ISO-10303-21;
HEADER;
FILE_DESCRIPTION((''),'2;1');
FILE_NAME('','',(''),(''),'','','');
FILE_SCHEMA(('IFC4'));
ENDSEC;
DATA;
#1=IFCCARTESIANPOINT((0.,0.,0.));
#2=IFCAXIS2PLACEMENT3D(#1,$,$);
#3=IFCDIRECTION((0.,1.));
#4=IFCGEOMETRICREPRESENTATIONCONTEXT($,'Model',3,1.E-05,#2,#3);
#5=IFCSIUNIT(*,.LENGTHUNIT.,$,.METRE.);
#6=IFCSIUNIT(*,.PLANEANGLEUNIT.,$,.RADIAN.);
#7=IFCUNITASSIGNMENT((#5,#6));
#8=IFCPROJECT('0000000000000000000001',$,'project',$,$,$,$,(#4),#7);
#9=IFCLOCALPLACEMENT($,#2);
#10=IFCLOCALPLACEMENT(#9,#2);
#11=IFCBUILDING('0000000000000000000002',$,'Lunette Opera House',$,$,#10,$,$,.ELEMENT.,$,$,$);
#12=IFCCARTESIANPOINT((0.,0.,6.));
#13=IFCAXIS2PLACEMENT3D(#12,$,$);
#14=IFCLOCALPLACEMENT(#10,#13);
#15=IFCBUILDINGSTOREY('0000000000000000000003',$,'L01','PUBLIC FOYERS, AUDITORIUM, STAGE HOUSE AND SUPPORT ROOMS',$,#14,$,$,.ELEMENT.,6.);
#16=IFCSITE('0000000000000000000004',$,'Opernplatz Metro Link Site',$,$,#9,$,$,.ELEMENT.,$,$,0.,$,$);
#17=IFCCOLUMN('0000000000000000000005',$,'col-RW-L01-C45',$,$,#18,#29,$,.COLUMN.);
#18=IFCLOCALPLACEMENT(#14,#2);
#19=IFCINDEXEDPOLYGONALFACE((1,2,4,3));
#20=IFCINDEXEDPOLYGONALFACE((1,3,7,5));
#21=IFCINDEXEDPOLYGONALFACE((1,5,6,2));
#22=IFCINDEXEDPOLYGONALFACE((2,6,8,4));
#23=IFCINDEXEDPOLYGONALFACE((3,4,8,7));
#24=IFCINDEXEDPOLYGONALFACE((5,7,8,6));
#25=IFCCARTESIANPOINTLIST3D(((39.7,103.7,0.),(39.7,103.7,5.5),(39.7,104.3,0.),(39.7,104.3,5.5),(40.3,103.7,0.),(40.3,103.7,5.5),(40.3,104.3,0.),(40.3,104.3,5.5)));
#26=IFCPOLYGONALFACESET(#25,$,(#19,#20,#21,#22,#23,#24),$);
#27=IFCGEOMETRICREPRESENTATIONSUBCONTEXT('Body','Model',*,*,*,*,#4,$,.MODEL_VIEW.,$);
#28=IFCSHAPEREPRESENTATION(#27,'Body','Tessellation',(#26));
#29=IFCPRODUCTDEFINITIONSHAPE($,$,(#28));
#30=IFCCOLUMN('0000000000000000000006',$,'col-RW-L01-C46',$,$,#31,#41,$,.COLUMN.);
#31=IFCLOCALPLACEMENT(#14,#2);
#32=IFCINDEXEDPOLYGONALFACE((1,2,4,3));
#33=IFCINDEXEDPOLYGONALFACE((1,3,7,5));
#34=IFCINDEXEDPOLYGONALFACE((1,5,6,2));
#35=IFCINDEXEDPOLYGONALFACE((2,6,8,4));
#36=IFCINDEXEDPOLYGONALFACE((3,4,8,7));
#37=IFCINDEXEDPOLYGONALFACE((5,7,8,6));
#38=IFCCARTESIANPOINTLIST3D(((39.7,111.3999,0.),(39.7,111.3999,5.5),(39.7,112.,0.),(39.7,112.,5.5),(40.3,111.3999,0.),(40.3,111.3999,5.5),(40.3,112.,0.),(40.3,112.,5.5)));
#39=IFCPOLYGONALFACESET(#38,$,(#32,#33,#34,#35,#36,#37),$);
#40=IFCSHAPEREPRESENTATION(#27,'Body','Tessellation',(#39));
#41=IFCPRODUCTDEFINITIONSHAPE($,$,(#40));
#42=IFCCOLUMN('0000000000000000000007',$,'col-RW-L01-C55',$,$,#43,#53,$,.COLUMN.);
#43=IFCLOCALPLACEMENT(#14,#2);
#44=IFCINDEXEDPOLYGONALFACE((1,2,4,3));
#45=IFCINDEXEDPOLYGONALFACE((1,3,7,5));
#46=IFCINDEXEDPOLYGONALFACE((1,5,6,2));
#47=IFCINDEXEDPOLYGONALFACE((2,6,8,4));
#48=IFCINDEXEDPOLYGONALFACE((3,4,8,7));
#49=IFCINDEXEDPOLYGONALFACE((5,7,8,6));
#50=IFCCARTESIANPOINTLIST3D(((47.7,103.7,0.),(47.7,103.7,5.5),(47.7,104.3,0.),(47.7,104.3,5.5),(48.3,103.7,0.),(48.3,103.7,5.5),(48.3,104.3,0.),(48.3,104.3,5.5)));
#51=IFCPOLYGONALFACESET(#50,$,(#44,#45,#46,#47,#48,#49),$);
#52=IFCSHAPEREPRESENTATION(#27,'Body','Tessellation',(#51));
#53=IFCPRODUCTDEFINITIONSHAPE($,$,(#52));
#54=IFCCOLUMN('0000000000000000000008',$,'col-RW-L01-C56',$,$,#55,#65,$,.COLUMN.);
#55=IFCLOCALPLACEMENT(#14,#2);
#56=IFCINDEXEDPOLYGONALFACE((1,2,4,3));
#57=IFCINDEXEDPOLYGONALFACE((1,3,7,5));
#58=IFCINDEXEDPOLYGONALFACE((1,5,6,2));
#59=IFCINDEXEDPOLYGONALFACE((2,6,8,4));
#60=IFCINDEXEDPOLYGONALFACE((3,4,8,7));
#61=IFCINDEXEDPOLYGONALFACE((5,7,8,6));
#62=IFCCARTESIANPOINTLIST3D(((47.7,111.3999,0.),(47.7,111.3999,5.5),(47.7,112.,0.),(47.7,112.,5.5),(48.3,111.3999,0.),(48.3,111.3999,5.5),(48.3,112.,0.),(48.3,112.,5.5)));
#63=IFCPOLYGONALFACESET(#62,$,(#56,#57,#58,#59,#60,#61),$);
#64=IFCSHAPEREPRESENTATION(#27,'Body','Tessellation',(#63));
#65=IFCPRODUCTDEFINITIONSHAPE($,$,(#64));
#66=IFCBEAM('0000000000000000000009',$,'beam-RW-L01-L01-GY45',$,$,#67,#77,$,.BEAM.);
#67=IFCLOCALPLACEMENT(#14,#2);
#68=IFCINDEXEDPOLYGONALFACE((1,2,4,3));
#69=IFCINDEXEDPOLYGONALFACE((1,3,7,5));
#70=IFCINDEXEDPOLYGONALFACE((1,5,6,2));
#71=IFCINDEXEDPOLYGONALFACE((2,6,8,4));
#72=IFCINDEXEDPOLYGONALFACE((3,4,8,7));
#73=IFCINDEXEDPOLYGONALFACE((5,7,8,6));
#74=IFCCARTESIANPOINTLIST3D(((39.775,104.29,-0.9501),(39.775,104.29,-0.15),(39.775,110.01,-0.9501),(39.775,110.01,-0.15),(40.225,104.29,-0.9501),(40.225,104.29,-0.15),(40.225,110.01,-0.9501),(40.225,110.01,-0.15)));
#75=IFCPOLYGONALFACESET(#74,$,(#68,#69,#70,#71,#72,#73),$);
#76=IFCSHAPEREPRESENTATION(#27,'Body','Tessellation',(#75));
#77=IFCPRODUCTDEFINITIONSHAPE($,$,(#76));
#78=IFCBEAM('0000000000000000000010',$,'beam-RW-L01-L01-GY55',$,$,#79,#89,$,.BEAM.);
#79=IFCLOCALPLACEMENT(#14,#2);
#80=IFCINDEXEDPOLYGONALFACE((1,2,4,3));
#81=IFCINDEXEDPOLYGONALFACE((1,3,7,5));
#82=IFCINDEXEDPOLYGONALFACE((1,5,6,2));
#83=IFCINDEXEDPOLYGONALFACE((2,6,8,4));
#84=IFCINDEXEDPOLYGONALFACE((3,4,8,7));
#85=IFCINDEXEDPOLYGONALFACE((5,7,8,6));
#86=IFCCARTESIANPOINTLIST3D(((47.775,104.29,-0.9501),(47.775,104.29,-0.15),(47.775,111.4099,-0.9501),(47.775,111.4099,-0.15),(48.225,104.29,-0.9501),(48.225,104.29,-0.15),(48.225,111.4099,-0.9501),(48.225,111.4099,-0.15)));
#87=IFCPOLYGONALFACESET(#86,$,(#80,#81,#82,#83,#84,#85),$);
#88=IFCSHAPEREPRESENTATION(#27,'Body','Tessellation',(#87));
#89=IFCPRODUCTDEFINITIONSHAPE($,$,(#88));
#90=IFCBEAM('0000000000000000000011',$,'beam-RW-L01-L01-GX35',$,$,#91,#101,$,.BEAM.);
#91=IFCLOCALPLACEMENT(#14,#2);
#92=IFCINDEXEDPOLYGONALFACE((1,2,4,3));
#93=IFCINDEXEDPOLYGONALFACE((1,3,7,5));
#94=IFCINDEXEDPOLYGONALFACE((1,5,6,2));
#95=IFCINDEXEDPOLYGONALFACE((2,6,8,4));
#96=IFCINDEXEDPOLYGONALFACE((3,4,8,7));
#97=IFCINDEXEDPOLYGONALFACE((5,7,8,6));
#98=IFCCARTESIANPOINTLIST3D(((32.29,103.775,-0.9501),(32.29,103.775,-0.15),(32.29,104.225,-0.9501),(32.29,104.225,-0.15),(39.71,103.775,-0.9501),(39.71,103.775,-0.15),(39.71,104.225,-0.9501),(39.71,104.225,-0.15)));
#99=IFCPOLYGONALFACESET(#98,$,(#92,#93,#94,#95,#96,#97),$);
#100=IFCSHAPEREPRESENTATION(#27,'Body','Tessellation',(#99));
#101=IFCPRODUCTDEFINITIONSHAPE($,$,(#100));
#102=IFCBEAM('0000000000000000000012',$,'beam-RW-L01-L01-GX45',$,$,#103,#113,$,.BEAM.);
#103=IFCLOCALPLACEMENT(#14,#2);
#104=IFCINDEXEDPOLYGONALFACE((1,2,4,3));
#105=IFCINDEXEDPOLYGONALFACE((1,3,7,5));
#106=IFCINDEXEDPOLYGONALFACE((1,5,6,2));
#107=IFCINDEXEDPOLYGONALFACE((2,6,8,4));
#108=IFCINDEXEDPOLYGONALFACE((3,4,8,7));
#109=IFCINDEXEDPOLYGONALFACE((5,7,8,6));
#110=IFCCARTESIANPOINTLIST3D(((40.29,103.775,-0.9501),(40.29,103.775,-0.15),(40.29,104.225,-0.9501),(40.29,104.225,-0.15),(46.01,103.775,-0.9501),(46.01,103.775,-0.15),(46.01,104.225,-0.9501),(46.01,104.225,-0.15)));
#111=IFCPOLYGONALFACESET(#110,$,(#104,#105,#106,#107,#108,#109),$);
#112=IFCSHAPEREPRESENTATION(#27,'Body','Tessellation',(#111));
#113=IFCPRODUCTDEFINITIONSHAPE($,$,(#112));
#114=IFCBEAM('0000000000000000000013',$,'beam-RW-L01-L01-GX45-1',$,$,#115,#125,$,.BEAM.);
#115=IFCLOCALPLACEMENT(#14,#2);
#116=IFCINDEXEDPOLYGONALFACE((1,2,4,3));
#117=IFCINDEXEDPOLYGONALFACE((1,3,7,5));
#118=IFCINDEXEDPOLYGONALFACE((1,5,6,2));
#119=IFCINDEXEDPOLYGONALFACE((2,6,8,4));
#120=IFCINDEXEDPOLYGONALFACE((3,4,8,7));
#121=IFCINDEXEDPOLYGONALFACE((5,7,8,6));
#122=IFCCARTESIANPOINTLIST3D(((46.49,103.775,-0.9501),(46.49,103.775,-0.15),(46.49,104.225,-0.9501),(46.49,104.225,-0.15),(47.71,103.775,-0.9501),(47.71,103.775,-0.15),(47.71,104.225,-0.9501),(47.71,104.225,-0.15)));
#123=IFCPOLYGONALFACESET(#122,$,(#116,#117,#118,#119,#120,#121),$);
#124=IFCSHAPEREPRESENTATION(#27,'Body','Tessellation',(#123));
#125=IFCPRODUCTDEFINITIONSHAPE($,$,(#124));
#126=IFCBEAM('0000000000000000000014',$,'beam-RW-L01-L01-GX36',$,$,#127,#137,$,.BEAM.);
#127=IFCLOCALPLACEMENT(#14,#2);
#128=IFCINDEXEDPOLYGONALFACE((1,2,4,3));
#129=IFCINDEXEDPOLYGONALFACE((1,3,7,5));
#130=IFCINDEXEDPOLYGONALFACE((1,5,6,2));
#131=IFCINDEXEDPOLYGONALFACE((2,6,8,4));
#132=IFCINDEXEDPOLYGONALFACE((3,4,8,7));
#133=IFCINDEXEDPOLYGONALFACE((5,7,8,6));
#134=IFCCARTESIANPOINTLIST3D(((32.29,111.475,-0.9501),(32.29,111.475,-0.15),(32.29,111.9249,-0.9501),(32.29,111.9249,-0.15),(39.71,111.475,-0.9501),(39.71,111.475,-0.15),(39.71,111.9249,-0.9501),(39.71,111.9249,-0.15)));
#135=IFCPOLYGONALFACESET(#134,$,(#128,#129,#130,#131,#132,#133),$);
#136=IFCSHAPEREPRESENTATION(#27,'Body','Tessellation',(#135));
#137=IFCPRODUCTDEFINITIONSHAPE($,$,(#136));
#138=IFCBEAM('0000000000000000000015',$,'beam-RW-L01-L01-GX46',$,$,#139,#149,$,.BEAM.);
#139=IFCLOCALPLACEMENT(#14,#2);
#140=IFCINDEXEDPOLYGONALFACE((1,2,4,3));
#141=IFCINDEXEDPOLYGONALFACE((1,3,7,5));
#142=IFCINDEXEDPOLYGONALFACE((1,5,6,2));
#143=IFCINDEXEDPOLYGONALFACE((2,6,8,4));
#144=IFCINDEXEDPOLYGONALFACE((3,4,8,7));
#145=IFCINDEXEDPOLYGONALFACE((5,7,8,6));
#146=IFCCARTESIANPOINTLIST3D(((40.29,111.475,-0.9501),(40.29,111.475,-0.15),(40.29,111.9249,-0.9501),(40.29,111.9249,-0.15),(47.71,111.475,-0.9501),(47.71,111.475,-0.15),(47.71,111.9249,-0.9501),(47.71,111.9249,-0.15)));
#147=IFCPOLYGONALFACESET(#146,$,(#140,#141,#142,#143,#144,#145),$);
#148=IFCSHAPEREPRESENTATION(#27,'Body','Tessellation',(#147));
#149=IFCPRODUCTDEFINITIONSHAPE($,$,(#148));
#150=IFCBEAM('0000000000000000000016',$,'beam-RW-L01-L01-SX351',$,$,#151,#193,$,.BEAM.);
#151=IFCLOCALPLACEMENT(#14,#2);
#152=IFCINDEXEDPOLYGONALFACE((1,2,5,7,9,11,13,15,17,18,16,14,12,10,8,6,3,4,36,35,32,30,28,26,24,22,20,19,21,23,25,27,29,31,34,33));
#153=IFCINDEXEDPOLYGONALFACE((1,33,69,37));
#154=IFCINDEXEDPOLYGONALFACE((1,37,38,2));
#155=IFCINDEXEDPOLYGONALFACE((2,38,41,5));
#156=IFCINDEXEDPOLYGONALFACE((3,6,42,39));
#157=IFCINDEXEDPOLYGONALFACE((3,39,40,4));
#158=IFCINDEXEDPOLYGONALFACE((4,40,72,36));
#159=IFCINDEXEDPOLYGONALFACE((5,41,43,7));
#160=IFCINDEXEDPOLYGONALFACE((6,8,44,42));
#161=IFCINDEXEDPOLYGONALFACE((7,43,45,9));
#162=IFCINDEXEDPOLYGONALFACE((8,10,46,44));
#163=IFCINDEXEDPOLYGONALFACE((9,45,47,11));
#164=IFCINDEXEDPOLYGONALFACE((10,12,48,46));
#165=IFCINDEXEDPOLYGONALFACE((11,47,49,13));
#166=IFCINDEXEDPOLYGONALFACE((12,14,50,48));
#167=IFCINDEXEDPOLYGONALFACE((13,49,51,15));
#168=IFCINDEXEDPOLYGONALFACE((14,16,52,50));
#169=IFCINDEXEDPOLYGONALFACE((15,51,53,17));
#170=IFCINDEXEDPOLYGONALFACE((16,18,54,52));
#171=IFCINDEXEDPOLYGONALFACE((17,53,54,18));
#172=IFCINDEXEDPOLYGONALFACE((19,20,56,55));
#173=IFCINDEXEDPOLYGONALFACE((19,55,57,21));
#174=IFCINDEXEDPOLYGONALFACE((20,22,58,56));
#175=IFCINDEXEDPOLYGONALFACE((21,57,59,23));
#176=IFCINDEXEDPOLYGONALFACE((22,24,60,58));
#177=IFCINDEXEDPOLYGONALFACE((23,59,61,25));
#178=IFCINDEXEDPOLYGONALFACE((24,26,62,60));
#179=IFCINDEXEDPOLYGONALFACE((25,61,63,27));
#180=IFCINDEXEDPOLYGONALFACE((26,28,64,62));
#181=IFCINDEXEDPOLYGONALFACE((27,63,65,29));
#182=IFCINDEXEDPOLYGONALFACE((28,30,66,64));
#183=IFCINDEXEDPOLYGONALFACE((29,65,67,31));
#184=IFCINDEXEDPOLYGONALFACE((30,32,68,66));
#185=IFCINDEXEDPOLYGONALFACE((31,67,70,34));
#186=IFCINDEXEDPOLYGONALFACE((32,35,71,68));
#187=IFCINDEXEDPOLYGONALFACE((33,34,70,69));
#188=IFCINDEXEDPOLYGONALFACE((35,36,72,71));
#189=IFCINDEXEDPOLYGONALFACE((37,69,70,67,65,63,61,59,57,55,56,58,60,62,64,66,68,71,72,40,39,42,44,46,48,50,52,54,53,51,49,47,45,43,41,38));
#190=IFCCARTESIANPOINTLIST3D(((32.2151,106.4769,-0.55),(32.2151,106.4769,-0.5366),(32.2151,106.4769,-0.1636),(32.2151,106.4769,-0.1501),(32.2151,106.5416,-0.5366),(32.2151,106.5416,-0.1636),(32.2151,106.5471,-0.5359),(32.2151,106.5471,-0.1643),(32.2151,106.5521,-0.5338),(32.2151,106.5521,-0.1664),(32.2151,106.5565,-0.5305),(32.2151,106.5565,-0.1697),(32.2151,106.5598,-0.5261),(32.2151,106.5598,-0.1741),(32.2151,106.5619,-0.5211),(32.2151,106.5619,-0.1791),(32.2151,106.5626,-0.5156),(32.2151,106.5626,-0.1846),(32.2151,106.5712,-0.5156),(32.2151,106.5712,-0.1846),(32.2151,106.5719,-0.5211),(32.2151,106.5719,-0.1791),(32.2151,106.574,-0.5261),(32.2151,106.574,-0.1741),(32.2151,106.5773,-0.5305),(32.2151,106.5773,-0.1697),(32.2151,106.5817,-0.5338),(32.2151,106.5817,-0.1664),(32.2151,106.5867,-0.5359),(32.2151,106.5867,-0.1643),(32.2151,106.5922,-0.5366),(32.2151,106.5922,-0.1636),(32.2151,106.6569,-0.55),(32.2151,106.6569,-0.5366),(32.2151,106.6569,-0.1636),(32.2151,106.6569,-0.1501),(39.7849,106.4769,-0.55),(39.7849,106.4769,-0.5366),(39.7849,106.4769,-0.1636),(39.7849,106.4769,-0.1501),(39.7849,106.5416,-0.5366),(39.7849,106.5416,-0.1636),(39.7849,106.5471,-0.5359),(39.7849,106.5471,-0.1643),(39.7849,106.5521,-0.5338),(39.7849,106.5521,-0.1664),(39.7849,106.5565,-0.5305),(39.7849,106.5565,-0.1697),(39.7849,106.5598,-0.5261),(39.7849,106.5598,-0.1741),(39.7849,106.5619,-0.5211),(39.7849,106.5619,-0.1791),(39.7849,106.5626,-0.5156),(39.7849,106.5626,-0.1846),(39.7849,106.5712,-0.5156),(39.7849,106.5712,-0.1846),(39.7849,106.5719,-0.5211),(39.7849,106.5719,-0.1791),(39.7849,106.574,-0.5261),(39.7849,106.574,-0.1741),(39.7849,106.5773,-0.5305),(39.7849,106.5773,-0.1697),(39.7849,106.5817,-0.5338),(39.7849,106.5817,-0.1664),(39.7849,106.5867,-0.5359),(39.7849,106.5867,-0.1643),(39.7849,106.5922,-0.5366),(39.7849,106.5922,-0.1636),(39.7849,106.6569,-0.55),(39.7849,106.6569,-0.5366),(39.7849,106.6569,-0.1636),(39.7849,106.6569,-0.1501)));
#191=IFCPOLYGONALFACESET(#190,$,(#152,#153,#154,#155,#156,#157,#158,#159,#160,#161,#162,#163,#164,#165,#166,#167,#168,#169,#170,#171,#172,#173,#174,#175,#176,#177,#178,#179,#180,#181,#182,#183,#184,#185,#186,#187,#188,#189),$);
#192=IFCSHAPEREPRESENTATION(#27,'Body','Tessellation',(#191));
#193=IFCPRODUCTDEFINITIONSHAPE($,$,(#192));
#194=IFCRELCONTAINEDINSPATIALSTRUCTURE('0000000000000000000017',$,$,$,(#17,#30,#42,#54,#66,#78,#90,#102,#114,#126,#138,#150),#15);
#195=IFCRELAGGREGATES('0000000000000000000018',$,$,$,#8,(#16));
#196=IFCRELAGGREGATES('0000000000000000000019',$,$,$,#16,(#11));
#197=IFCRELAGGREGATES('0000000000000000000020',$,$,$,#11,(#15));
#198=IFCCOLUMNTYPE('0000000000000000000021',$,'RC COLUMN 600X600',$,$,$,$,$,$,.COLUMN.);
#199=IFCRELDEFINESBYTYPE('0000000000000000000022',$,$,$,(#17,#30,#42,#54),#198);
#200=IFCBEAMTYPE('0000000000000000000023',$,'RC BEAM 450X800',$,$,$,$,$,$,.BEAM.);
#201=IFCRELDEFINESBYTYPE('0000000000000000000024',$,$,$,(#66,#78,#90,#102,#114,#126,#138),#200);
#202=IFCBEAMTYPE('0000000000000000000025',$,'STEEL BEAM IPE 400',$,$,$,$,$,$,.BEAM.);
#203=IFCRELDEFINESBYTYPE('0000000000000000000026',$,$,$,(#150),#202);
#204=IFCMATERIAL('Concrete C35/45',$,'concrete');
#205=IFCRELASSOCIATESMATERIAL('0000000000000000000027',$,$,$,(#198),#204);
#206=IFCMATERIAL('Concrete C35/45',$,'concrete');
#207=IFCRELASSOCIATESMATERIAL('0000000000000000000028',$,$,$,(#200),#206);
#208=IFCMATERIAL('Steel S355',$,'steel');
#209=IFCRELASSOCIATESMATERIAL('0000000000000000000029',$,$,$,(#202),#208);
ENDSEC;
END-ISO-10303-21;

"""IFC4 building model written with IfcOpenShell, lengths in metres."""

from ifc_helpers import new_model, si_unit, direction, frame, origin, origin_2d, place, context, subcontext, project, spatial, rectangle, i_section, extrude, material, material_profile, profile_set, type_object, element, save


model = new_model("IFC4")

# Units and contexts
model_context = context("Model", 3, precision=1e-05, world=origin(), true_north=direction((0.0, 1.0)))
body_context = subcontext(model_context, "Body", "Model", "MODEL_VIEW")
ifc_project = project(units=[si_unit("LENGTHUNIT", "METRE"), si_unit("PLANEANGLEUNIT", "RADIAN")], contexts=[model_context])

# Site, building, storey
site_placement = place(None, origin())
site = spatial("IfcSite", under=ifc_project, at=site_placement, Name="Opernplatz Metro Link Site", CompositionType="ELEMENT", RefElevation=0.0)
building_placement = place(site_placement, origin())
building = spatial("IfcBuilding", under=site, at=building_placement, Name="Lunette Opera House", CompositionType="ELEMENT")
storey_placement = place(building_placement, frame((0.0, 0.0, 6.0)))
storey = spatial("IfcBuildingStorey", under=building, at=storey_placement, Name="L01", Description="PUBLIC FOYERS, AUDITORIUM, STAGE HOUSE AND SUPPORT ROOMS", CompositionType="ELEMENT", Elevation=6.0)

# Columns
ifc_material_1 = material(Name="Concrete C35/45", Category="concrete")
ifc_material_profile_1 = material_profile(ifc_material_1, rectangle(XDim=0.6001, YDim=0.6001, at=origin_2d()), Name="RC COLUMN 600X600")
ifc_profile_set_1 = profile_set([ifc_material_profile_1], Name="Concrete C35/45")
column_type = type_object("IfcColumnType", Name="RC COLUMN 600X600", PredefinedType="COLUMN", material=ifc_profile_set_1)
for number, where, z_axis, x_axis, name in (
    (1, (40.0, 104.0, 0.0), (0.0, 0.0, 1.0), (1.0, 0.0, 0.0), "col-RW-L01-C45"),
    (2, (40.0, 111.7, 0.0), (0.0, 0.0, 1.0), (1.0, 0.0, 0.0), "col-RW-L01-C46"),
    (3, (48.0, 104.0, 0.0), (0.0, 0.0, 1.0), (1.0, 0.0, 0.0), "col-RW-L01-C55"),
    (4, (48.0, 111.7, 0.0), (0.0, 0.0, 1.0), (1.0, 0.0, 0.0), "col-RW-L01-C56"),
):
    element("IfcColumn", number, at=place(storey_placement, frame(where, z_axis=z_axis, x_axis=x_axis)), inside=storey, type_object=column_type, Name=name, PredefinedType="COLUMN", context=body_context, shape_type="SweptSolid", body=[
        extrude(rectangle(XDim=0.6001, YDim=0.6001, at=origin_2d()), origin(), (0.0, 0.0, 1.0), 5.5),
    ])

# Beams
ifc_material_2 = material(Name="Concrete C35/45", Category="concrete")
ifc_material_profile_2 = material_profile(ifc_material_2, rectangle(XDim=0.45, YDim=0.8, at=origin_2d()), Name="RC BEAM 450X800")
ifc_profile_set_2 = profile_set([ifc_material_profile_2], Name="Concrete C35/45")
beam_type_1 = type_object("IfcBeamType", Name="RC BEAM 450X800", PredefinedType="BEAM", material=ifc_profile_set_2)
beam_1_placement = place(storey_placement, frame((40.0, 104.29, -0.55), z_axis=(0.0, 1.0, 0.0), x_axis=(-1.0, 0.0, 0.0)))
element("IfcBeam", 5, at=beam_1_placement, inside=storey, type_object=beam_type_1, Name="beam-RW-L01-L01-GY45", PredefinedType="BEAM", context=body_context, shape_type="SweptSolid", body=[
    extrude(rectangle(XDim=0.45, YDim=0.8, at=origin_2d()), origin(), (0.0, 0.0, 1.0), 5.72),
])
beam_2_placement = place(storey_placement, frame((48.0, 104.29, -0.55), z_axis=(0.0, 1.0, 0.0), x_axis=(-1.0, 0.0, 0.0)))
element("IfcBeam", 6, at=beam_2_placement, inside=storey, type_object=beam_type_1, Name="beam-RW-L01-L01-GY55", PredefinedType="BEAM", context=body_context, shape_type="SweptSolid", body=[
    extrude(rectangle(XDim=0.45, YDim=0.8, at=origin_2d()), origin(), (0.0, 0.0, 1.0), 7.1199),
])
beam_3_placement = place(storey_placement, frame((32.29, 104.0, -0.55), z_axis=(1.0, 0.0, 0.0), x_axis=(0.0, 1.0, 0.0)))
element("IfcBeam", 7, at=beam_3_placement, inside=storey, type_object=beam_type_1, Name="beam-RW-L01-L01-GX35", PredefinedType="BEAM", context=body_context, shape_type="SweptSolid", body=[
    extrude(rectangle(XDim=0.45, YDim=0.8, at=origin_2d()), origin(), (0.0, 0.0, 1.0), 7.4199),
])
beam_4_placement = place(storey_placement, frame((40.29, 104.0, -0.55), z_axis=(1.0, 0.0, 0.0), x_axis=(0.0, 1.0, 0.0)))
element("IfcBeam", 8, at=beam_4_placement, inside=storey, type_object=beam_type_1, Name="beam-RW-L01-L01-GX45", PredefinedType="BEAM", context=body_context, shape_type="SweptSolid", body=[
    extrude(rectangle(XDim=0.45, YDim=0.8, at=origin_2d()), origin(), (0.0, 0.0, 1.0), 5.72),
])
beam_5_placement = place(storey_placement, frame((46.49, 104.0, -0.55), z_axis=(1.0, 0.0, 0.0), x_axis=(0.0, 1.0, 0.0)))
element("IfcBeam", 9, at=beam_5_placement, inside=storey, type_object=beam_type_1, Name="beam-RW-L01-L01-GX45-1", PredefinedType="BEAM", context=body_context, shape_type="SweptSolid", body=[
    extrude(rectangle(XDim=0.45, YDim=0.8, at=origin_2d()), origin(), (0.0, 0.0, 1.0), 1.22),
])
for number, where, z_axis, x_axis, name in (
    (10, (32.29, 111.7, -0.55), (1.0, 0.0, 0.0), (0.0, 1.0, 0.0), "beam-RW-L01-L01-GX36"),
    (11, (40.29, 111.7, -0.55), (1.0, 0.0, 0.0), (0.0, 1.0, 0.0), "beam-RW-L01-L01-GX46"),
):
    element("IfcBeam", number, at=place(storey_placement, frame(where, z_axis=z_axis, x_axis=x_axis)), inside=storey, type_object=beam_type_1, Name=name, PredefinedType="BEAM", context=body_context, shape_type="SweptSolid", body=[
        extrude(rectangle(XDim=0.45, YDim=0.8, at=origin_2d()), origin(), (0.0, 0.0, 1.0), 7.4199),
    ])
ifc_material_3 = material(Name="Steel S355", Category="steel")
ifc_material_profile_3 = material_profile(ifc_material_3, i_section(OverallWidth=0.1799, OverallDepth=0.3999, WebThickness=0.0085, FlangeThickness=0.0134, FilletRadius=0.021, at=origin_2d()), Name="IPE 400")
ifc_profile_set_3 = profile_set([ifc_material_profile_3], Name="Steel S355")
beam_type_2 = type_object("IfcBeamType", Name="STEEL BEAM IPE 400", PredefinedType="BEAM", material=ifc_profile_set_3)
for number, where, z_axis, x_axis, name in (
    (12, (32.2151, 106.5669, -0.3501), (1.0, 0.0, 0.0), (0.0, 1.0, 0.0), "beam-RW-L01-L01-SX351"),
):
    element("IfcBeam", number, at=place(storey_placement, frame(where, z_axis=z_axis, x_axis=x_axis)), inside=storey, type_object=beam_type_2, Name=name, PredefinedType="BEAM", context=body_context, shape_type="SweptSolid", body=[
        extrude(i_section(OverallWidth=0.1799, OverallDepth=0.3999, WebThickness=0.0085, FlangeThickness=0.0134, FilletRadius=0.021, at=origin_2d()), origin(), (0.0, 0.0, 1.0), 7.5698),
    ])

save(model, "model.ifc")
